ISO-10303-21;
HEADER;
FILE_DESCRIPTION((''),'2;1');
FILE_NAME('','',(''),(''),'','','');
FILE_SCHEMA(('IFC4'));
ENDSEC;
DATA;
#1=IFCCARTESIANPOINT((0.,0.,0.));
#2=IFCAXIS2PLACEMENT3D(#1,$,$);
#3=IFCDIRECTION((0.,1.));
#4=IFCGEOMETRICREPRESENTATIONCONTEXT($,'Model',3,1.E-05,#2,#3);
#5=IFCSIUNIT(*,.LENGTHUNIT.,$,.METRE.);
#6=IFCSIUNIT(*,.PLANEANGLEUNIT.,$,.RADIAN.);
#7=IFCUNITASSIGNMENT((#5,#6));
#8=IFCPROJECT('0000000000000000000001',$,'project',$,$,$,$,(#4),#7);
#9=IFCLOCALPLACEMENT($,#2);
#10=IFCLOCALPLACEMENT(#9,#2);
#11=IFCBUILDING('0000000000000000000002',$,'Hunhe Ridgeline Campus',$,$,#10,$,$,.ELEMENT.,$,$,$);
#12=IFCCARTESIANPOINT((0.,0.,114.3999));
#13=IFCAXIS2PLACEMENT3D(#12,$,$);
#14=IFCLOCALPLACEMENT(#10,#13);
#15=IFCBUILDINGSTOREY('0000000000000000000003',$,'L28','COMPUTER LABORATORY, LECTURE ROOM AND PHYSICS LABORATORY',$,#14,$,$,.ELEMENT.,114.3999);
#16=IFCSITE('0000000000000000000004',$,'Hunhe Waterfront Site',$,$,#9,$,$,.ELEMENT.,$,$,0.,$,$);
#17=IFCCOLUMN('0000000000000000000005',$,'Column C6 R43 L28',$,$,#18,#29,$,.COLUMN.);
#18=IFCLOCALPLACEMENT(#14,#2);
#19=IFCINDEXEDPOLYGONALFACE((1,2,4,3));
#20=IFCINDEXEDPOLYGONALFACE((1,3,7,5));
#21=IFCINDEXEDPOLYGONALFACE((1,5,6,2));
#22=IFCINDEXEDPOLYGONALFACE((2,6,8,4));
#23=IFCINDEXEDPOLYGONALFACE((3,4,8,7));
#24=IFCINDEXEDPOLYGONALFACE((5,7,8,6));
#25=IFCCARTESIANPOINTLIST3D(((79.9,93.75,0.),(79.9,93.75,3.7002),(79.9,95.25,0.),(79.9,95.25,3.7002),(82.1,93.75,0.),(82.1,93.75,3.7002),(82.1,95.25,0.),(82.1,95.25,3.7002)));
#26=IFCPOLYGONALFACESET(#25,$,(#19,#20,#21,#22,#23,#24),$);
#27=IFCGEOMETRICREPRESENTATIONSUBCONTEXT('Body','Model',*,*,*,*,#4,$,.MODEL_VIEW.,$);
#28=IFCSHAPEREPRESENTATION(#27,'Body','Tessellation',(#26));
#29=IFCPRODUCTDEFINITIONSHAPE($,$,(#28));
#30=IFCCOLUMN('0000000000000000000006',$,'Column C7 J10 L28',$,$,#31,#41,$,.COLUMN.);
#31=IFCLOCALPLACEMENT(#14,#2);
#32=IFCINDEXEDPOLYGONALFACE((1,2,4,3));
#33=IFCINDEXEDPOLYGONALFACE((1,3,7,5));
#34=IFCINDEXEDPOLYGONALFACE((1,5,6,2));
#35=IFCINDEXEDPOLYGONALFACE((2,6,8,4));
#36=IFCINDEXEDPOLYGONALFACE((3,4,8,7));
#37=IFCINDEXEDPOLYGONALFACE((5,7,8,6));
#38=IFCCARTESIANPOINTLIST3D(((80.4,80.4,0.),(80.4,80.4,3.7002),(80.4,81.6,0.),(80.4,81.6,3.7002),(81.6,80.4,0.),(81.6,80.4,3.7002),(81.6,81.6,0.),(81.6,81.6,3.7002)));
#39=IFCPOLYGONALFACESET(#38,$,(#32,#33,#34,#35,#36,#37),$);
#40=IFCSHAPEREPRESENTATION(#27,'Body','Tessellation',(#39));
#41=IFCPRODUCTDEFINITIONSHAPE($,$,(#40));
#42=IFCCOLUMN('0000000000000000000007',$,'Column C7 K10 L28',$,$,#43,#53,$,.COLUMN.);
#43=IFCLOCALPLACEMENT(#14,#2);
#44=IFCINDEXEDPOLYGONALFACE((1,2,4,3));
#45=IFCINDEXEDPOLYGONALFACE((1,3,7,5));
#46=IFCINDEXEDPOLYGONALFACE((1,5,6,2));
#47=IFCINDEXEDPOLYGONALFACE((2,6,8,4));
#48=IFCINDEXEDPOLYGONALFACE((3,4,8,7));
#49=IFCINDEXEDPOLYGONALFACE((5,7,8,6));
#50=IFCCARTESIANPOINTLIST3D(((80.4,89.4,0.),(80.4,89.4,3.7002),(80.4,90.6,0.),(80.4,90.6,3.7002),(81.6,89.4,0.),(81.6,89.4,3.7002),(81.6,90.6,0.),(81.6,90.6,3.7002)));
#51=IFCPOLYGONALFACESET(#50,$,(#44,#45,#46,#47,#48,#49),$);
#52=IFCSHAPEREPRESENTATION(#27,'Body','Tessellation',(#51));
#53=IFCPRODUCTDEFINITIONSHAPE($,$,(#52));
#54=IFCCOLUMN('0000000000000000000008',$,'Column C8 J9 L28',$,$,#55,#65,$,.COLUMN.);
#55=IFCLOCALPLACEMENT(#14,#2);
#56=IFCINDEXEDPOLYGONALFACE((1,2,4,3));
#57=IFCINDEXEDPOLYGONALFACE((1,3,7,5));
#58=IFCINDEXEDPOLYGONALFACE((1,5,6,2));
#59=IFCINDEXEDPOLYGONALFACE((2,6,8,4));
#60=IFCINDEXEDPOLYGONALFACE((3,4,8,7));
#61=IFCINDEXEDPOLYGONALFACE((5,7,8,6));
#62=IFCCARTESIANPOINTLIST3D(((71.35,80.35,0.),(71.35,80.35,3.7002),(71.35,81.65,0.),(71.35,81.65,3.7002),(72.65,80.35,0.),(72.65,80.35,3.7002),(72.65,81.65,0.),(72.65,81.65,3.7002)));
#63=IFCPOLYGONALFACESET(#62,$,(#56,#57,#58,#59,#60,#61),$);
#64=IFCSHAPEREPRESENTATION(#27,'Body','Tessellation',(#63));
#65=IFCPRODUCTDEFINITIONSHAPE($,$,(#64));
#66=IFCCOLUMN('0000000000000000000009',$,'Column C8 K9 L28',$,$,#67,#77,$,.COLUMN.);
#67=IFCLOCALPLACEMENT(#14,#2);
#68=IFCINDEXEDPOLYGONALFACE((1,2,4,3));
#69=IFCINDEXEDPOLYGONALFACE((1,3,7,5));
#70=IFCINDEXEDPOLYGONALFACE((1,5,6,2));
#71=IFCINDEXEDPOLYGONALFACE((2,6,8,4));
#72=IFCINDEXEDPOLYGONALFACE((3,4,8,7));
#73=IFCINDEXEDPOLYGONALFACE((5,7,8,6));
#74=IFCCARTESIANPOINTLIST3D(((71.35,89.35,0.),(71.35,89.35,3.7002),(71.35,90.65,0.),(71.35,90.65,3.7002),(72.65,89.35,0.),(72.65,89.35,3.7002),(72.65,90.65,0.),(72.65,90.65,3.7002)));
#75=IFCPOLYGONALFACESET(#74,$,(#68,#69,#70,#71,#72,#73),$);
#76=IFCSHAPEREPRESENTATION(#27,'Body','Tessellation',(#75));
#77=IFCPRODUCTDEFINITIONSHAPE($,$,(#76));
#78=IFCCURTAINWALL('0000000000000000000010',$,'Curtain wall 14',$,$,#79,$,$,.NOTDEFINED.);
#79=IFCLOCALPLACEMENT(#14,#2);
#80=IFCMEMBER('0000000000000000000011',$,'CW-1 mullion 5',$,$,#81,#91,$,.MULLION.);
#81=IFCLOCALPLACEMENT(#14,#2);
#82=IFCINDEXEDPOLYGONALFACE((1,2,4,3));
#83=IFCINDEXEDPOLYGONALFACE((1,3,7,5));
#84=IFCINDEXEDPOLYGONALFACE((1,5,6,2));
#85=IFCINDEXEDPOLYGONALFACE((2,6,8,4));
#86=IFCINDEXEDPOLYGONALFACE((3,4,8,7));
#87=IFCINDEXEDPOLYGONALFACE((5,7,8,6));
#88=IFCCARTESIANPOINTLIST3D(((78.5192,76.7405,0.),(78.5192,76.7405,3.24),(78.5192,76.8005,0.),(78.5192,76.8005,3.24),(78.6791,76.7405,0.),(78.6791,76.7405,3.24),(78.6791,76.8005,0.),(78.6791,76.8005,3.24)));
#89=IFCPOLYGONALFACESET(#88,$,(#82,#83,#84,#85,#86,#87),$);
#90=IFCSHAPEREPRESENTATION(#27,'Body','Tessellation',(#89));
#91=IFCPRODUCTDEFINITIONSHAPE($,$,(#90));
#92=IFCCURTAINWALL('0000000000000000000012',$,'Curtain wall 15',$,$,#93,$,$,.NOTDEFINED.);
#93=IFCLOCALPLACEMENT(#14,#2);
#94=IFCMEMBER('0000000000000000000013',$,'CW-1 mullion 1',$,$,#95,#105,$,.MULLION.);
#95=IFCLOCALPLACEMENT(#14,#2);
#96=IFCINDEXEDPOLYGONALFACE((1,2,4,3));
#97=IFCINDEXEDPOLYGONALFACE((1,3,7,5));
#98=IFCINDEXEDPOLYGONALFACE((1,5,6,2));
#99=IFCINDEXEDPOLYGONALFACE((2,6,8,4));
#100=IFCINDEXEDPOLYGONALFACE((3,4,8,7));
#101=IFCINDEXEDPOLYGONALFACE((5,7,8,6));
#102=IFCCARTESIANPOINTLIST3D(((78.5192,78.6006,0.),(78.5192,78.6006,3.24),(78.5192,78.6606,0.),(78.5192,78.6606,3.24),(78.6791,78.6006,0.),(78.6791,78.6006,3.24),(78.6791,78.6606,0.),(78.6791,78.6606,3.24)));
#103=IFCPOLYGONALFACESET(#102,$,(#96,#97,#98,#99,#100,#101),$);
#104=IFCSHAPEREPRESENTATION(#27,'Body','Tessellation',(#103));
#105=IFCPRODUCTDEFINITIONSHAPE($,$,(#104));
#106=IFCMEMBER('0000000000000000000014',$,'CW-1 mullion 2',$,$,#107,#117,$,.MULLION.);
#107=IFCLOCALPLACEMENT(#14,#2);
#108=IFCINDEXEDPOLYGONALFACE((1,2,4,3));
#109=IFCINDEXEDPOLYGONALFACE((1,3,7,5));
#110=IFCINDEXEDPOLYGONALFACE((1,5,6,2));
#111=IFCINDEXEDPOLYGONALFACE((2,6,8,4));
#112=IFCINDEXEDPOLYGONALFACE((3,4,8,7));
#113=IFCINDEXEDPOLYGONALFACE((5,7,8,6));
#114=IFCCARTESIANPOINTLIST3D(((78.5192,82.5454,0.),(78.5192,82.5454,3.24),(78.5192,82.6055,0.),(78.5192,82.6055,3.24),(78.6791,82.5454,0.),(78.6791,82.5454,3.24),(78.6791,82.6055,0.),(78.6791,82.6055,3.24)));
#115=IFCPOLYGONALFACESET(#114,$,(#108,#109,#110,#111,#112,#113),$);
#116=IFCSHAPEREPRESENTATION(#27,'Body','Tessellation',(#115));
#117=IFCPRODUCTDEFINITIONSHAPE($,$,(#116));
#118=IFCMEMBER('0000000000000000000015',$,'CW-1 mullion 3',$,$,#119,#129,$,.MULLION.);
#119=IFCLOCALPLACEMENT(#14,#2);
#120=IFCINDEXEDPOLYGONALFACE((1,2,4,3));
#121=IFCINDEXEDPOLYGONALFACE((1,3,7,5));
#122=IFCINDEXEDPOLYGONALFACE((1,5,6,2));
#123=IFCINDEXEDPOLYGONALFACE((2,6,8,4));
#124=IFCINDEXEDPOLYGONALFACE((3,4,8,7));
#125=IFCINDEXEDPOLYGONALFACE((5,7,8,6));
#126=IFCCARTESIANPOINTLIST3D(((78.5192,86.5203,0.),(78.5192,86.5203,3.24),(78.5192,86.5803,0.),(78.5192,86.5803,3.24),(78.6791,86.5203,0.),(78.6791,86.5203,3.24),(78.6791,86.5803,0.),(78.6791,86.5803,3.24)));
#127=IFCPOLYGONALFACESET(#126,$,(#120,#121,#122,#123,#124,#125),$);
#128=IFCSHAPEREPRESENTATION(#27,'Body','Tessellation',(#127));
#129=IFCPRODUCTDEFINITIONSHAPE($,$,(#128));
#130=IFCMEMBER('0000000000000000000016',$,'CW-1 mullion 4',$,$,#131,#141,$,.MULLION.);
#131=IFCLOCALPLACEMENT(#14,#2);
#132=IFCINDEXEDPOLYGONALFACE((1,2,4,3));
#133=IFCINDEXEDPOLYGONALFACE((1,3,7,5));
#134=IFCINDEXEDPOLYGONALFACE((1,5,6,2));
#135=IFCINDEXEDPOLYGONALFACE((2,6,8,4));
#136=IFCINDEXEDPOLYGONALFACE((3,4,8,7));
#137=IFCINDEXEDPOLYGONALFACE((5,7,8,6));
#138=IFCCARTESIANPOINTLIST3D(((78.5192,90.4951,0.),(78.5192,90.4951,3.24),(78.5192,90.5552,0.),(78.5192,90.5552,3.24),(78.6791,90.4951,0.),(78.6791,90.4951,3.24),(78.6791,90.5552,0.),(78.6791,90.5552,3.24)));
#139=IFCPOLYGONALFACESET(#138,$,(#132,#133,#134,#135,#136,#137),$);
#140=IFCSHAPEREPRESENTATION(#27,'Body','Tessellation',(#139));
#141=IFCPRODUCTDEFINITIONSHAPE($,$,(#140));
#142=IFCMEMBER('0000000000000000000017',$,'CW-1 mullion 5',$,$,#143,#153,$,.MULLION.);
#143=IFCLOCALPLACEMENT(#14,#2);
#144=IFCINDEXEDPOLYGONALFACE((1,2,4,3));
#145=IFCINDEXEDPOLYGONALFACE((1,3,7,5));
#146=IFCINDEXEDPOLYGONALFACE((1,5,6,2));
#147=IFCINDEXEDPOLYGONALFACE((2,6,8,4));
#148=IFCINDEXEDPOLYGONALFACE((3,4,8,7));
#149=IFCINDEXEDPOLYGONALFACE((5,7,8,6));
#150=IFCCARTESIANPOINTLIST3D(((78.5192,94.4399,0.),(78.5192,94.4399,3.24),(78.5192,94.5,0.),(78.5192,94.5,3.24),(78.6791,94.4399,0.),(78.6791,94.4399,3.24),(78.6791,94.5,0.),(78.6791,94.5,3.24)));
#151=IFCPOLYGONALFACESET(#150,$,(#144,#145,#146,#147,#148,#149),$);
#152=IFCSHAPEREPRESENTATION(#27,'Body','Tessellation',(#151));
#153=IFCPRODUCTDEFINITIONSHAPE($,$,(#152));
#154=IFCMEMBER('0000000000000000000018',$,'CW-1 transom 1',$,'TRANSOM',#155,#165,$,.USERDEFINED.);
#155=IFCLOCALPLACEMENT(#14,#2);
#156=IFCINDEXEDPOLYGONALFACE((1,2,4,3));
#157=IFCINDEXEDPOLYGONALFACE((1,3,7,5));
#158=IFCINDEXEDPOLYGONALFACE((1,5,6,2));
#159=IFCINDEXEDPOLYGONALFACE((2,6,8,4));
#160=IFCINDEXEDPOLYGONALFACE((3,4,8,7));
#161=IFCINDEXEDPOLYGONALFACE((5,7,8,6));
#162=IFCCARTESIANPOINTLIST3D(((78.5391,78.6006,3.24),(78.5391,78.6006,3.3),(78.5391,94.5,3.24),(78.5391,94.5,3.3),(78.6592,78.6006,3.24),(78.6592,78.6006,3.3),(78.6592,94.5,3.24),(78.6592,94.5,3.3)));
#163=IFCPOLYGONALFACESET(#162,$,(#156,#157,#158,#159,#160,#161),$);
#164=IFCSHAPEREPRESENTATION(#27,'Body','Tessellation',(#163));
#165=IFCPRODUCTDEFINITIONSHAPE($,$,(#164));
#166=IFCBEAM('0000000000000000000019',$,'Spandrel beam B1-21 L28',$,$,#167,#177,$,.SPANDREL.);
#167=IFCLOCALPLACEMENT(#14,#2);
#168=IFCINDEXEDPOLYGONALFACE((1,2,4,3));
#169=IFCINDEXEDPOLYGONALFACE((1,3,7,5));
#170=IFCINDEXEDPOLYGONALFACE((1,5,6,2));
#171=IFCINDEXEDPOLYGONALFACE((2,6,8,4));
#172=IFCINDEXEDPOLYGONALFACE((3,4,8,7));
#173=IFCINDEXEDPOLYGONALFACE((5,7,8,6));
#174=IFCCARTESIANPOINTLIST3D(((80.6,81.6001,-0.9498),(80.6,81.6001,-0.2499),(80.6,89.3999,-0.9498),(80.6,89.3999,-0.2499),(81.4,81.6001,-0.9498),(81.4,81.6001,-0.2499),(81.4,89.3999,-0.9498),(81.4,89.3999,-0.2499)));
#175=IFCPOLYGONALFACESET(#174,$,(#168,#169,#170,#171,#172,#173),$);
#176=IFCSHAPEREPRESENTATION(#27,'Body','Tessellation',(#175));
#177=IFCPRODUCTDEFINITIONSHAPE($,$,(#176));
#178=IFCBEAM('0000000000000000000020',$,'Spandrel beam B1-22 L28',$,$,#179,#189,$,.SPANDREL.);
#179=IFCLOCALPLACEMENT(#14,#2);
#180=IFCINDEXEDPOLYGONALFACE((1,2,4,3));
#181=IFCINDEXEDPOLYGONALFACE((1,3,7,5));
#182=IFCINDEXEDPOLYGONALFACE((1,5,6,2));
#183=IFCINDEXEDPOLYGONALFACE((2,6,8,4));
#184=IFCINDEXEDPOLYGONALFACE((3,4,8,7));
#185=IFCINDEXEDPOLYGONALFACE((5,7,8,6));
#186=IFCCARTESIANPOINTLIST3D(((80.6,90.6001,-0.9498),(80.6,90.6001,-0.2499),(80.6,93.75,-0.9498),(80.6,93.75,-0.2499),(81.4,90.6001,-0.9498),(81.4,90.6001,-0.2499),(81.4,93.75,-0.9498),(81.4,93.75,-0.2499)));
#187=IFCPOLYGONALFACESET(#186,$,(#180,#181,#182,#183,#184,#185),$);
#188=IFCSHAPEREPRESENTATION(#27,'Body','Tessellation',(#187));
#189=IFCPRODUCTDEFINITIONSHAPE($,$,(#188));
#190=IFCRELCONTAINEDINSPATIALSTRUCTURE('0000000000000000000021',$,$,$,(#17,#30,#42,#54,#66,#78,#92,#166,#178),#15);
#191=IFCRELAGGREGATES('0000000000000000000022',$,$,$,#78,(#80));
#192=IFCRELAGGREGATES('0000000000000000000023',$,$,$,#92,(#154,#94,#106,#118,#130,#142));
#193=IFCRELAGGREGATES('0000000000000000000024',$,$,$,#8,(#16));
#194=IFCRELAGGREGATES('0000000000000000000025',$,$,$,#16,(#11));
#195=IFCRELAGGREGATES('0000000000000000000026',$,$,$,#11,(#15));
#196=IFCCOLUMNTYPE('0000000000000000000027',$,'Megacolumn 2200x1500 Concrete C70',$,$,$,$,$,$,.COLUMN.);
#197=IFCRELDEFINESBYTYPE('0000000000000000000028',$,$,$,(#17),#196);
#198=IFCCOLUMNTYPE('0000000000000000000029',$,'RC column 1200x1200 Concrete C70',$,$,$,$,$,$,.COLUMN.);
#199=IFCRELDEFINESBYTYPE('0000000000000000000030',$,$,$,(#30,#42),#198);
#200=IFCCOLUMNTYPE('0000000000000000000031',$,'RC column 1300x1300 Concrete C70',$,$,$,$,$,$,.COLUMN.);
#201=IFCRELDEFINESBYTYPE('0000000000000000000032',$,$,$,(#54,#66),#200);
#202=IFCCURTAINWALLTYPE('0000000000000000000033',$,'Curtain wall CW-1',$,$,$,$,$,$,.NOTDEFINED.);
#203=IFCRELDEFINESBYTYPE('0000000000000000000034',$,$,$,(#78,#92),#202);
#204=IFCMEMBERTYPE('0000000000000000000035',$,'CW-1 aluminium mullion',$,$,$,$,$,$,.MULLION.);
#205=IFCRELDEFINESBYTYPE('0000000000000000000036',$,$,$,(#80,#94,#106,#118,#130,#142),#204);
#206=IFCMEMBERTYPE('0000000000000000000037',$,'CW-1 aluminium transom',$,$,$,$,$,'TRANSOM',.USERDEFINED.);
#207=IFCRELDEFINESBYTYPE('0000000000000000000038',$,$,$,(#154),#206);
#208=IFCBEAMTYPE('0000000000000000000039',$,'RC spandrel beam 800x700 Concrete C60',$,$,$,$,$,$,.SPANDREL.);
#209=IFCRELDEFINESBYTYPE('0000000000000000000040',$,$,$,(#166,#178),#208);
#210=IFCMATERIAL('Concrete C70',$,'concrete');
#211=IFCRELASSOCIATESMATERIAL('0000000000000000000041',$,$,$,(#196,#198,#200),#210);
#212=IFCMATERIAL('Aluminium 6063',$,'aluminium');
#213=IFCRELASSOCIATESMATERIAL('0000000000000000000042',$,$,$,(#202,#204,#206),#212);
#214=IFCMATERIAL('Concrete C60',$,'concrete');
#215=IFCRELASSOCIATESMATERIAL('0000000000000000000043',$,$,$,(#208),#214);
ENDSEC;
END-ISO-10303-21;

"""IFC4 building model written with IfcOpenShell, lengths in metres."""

from ifc_helpers import new_model, si_unit, direction, frame, origin, origin_2d, place, context, subcontext, project, spatial, rectangle, extrude, material, material_profile, profile_set, type_object, element, aggregate, save


model = new_model("IFC4")

# Units and contexts
model_context = context("Model", 3, precision=1e-05, world=origin(), true_north=direction((0.0, 1.0)))
body_context = subcontext(model_context, "Body", "Model", "MODEL_VIEW")
ifc_project = project(units=[si_unit("LENGTHUNIT", "METRE"), si_unit("PLANEANGLEUNIT", "RADIAN")], contexts=[model_context])

# Site, building, storey
site_placement = place(None, origin())
site = spatial("IfcSite", under=ifc_project, at=site_placement, Name="Hunhe Waterfront Site", CompositionType="ELEMENT", RefElevation=0.0)
building_placement = place(site_placement, origin())
building = spatial("IfcBuilding", under=site, at=building_placement, Name="Hunhe Ridgeline Campus", CompositionType="ELEMENT")
storey_placement = place(building_placement, frame((0.0, 0.0, 114.3999)))
storey = spatial("IfcBuildingStorey", under=building, at=storey_placement, Name="L28", Description="COMPUTER LABORATORY, LECTURE ROOM AND PHYSICS LABORATORY", CompositionType="ELEMENT", Elevation=114.3999)

# Columns
ifc_material_1 = material(Name="Concrete C70", Category="concrete")
ifc_material_profile_1 = material_profile(ifc_material_1, rectangle(XDim=2.2, YDim=1.5, at=origin_2d()))
ifc_profile_set_1 = profile_set([ifc_material_profile_1], Name="Concrete C70")
column_type_1 = type_object("IfcColumnType", Name="Megacolumn 2200x1500 Concrete C70", PredefinedType="COLUMN", material=ifc_profile_set_1)
column_placement = place(storey_placement, frame((81.0, 94.5, 0.0), z_axis=(0.0, 0.0, 1.0), x_axis=(1.0, 0.0, 0.0)))
element("IfcColumn", 1, at=column_placement, inside=storey, type_object=column_type_1, Name="Column C6 R43 L28", PredefinedType="COLUMN", context=body_context, shape_type="SweptSolid", body=[
    extrude(rectangle(XDim=2.2, YDim=1.5, at=origin_2d()), origin(), (0.0, 0.0, 1.0), 3.7002),
])
ifc_material_profile_2 = material_profile(ifc_material_1, rectangle(XDim=1.2, YDim=1.2, at=origin_2d()))
ifc_profile_set_2 = profile_set([ifc_material_profile_2], Name="Concrete C70")
column_type_2 = type_object("IfcColumnType", Name="RC column 1200x1200 Concrete C70", PredefinedType="COLUMN", material=ifc_profile_set_2)
for number, where, z_axis, x_axis, name in (
    (2, (81.0, 81.0, 0.0), (0.0, 0.0, 1.0), (1.0, 0.0, 0.0), "Column C7 J10 L28"),
    (3, (81.0, 90.0, 0.0), (0.0, 0.0, 1.0), (1.0, 0.0, 0.0), "Column C7 K10 L28"),
):
    element("IfcColumn", number, at=place(storey_placement, frame(where, z_axis=z_axis, x_axis=x_axis)), inside=storey, type_object=column_type_2, Name=name, PredefinedType="COLUMN", context=body_context, shape_type="SweptSolid", body=[
        extrude(rectangle(XDim=1.2, YDim=1.2, at=origin_2d()), origin(), (0.0, 0.0, 1.0), 3.7002),
    ])
ifc_material_profile_3 = material_profile(ifc_material_1, rectangle(XDim=1.3, YDim=1.3, at=origin_2d()))
ifc_profile_set_3 = profile_set([ifc_material_profile_3], Name="Concrete C70")
column_type_3 = type_object("IfcColumnType", Name="RC column 1300x1300 Concrete C70", PredefinedType="COLUMN", material=ifc_profile_set_3)
for number, where, z_axis, x_axis, name in (
    (4, (72.0, 81.0, 0.0), (0.0, 0.0, 1.0), (1.0, 0.0, 0.0), "Column C8 J9 L28"),
    (5, (72.0, 90.0, 0.0), (0.0, 0.0, 1.0), (1.0, 0.0, 0.0), "Column C8 K9 L28"),
):
    element("IfcColumn", number, at=place(storey_placement, frame(where, z_axis=z_axis, x_axis=x_axis)), inside=storey, type_object=column_type_3, Name=name, PredefinedType="COLUMN", context=body_context, shape_type="SweptSolid", body=[
        extrude(rectangle(XDim=1.3, YDim=1.3, at=origin_2d()), origin(), (0.0, 0.0, 1.0), 3.7002),
    ])

# Curtain wall, member
ifc_material_2 = material(Name="Aluminium 6063", Category="aluminium")
curtain_wall_type = type_object("IfcCurtainWallType", Name="Curtain wall CW-1", PredefinedType="NOTDEFINED", material=ifc_material_2)
curtain_wall_1_placement = place(storey_placement, origin())
curtain_wall_1 = element("IfcCurtainWall", 6, at=curtain_wall_1_placement, inside=storey, type_object=curtain_wall_type, Name="Curtain wall 14", PredefinedType="NOTDEFINED")
ifc_material_profile_4 = material_profile(ifc_material_2, rectangle(XDim=0.1599, YDim=0.0601, at=origin_2d()))
ifc_profile_set_4 = profile_set([ifc_material_profile_4], Name="Aluminium 6063")
member_type_1 = type_object("IfcMemberType", Name="CW-1 aluminium mullion", PredefinedType="MULLION", material=ifc_profile_set_4)
member_1_placement = place(storey_placement, frame((78.5991, 76.7705, 0.0), z_axis=(0.0, 0.0, 1.0), x_axis=(-1.0, 0.0, 0.0)))
member_1 = element("IfcMember", 7, at=member_1_placement, type_object=member_type_1, Name="CW-1 mullion 5", PredefinedType="MULLION", context=body_context, shape_type="SweptSolid", body=[
    extrude(rectangle(XDim=0.1599, YDim=0.0601, at=origin_2d()), origin(), (0.0, 0.0, 1.0), 3.24),
])

# Curtain wall, members
curtain_wall_2_placement = place(storey_placement, origin())
curtain_wall_2 = element("IfcCurtainWall", 8, at=curtain_wall_2_placement, inside=storey, type_object=curtain_wall_type, Name="Curtain wall 15", PredefinedType="NOTDEFINED")
member_2_placement = place(storey_placement, frame((78.5991, 78.6306, 0.0), z_axis=(0.0, 0.0, 1.0), x_axis=(-1.0, 0.0, 0.0)))
member_2 = element("IfcMember", 9, at=member_2_placement, type_object=member_type_1, Name="CW-1 mullion 1", PredefinedType="MULLION", context=body_context, shape_type="SweptSolid", body=[
    extrude(rectangle(XDim=0.1599, YDim=0.0601, at=origin_2d()), origin(), (0.0, 0.0, 1.0), 3.24),
])
member_3_placement = place(storey_placement, frame((78.5991, 82.5754, 0.0), z_axis=(0.0, 0.0, 1.0), x_axis=(-1.0, 0.0, 0.0)))
member_3 = element("IfcMember", 10, at=member_3_placement, type_object=member_type_1, Name="CW-1 mullion 2", PredefinedType="MULLION", context=body_context, shape_type="SweptSolid", body=[
    extrude(rectangle(XDim=0.1599, YDim=0.0601, at=origin_2d()), origin(), (0.0, 0.0, 1.0), 3.24),
])
member_4_placement = place(storey_placement, frame((78.5991, 86.5503, 0.0), z_axis=(0.0, 0.0, 1.0), x_axis=(-1.0, 0.0, 0.0)))
member_4 = element("IfcMember", 11, at=member_4_placement, type_object=member_type_1, Name="CW-1 mullion 3", PredefinedType="MULLION", context=body_context, shape_type="SweptSolid", body=[
    extrude(rectangle(XDim=0.1599, YDim=0.0601, at=origin_2d()), origin(), (0.0, 0.0, 1.0), 3.24),
])
member_5_placement = place(storey_placement, frame((78.5991, 90.5251, 0.0), z_axis=(0.0, 0.0, 1.0), x_axis=(-1.0, 0.0, 0.0)))
member_5 = element("IfcMember", 12, at=member_5_placement, type_object=member_type_1, Name="CW-1 mullion 4", PredefinedType="MULLION", context=body_context, shape_type="SweptSolid", body=[
    extrude(rectangle(XDim=0.1599, YDim=0.0601, at=origin_2d()), origin(), (0.0, 0.0, 1.0), 3.24),
])
member_6_placement = place(storey_placement, frame((78.5991, 94.47, 0.0), z_axis=(0.0, 0.0, 1.0), x_axis=(-1.0, 0.0, 0.0)))
member_6 = element("IfcMember", 13, at=member_6_placement, type_object=member_type_1, Name="CW-1 mullion 5", PredefinedType="MULLION", context=body_context, shape_type="SweptSolid", body=[
    extrude(rectangle(XDim=0.1599, YDim=0.0601, at=origin_2d()), origin(), (0.0, 0.0, 1.0), 3.24),
])
ifc_material_profile_5 = material_profile(ifc_material_2, rectangle(XDim=0.1201, YDim=0.0601, at=origin_2d()))
ifc_profile_set_5 = profile_set([ifc_material_profile_5], Name="Aluminium 6063")
member_type_2 = type_object("IfcMemberType", Name="CW-1 aluminium transom", ElementType="TRANSOM", PredefinedType="USERDEFINED", material=ifc_profile_set_5)
member_7_placement = place(storey_placement, frame((78.5991, 78.6006, 3.27), z_axis=(0.0, 1.0, 0.0), x_axis=(-1.0, 0.0, 0.0)))
member_7 = element("IfcMember", 14, at=member_7_placement, type_object=member_type_2, Name="CW-1 transom 1", ObjectType="TRANSOM", PredefinedType="USERDEFINED", context=body_context, shape_type="SweptSolid", body=[
    extrude(rectangle(XDim=0.1201, YDim=0.0601, at=origin_2d()), origin(), (0.0, 0.0, 1.0), 15.8994),
])

# Beams
ifc_material_3 = material(Name="Concrete C60", Category="concrete")
ifc_material_profile_6 = material_profile(ifc_material_3, rectangle(XDim=0.8, YDim=0.7, at=origin_2d()))
ifc_profile_set_6 = profile_set([ifc_material_profile_6], Name="Concrete C60")
beam_type = type_object("IfcBeamType", Name="RC spandrel beam 800x700 Concrete C60", PredefinedType="SPANDREL", material=ifc_profile_set_6)
beam_1_placement = place(storey_placement, frame((81.0, 81.6001, -0.5999), z_axis=(0.0, 1.0, 0.0), x_axis=(-1.0, 0.0, 0.0)))
element("IfcBeam", 15, at=beam_1_placement, inside=storey, type_object=beam_type, Name="Spandrel beam B1-21 L28", PredefinedType="SPANDREL", context=body_context, shape_type="SweptSolid", body=[
    extrude(rectangle(XDim=0.8, YDim=0.7, at=origin_2d()), origin(), (0.0, 0.0, 1.0), 7.7998),
])
beam_2_placement = place(storey_placement, frame((81.0, 90.6001, -0.5999), z_axis=(0.0, 1.0, 0.0), x_axis=(-1.0, 0.0, 0.0)))
element("IfcBeam", 16, at=beam_2_placement, inside=storey, type_object=beam_type, Name="Spandrel beam B1-22 L28", PredefinedType="SPANDREL", context=body_context, shape_type="SweptSolid", body=[
    extrude(rectangle(XDim=0.8, YDim=0.7, at=origin_2d()), origin(), (0.0, 0.0, 1.0), 3.1499),
])

aggregate(curtain_wall_1, [member_1])
aggregate(curtain_wall_2, [member_7, member_2, member_3, member_4, member_5, member_6])

save(model, "model.ifc")
